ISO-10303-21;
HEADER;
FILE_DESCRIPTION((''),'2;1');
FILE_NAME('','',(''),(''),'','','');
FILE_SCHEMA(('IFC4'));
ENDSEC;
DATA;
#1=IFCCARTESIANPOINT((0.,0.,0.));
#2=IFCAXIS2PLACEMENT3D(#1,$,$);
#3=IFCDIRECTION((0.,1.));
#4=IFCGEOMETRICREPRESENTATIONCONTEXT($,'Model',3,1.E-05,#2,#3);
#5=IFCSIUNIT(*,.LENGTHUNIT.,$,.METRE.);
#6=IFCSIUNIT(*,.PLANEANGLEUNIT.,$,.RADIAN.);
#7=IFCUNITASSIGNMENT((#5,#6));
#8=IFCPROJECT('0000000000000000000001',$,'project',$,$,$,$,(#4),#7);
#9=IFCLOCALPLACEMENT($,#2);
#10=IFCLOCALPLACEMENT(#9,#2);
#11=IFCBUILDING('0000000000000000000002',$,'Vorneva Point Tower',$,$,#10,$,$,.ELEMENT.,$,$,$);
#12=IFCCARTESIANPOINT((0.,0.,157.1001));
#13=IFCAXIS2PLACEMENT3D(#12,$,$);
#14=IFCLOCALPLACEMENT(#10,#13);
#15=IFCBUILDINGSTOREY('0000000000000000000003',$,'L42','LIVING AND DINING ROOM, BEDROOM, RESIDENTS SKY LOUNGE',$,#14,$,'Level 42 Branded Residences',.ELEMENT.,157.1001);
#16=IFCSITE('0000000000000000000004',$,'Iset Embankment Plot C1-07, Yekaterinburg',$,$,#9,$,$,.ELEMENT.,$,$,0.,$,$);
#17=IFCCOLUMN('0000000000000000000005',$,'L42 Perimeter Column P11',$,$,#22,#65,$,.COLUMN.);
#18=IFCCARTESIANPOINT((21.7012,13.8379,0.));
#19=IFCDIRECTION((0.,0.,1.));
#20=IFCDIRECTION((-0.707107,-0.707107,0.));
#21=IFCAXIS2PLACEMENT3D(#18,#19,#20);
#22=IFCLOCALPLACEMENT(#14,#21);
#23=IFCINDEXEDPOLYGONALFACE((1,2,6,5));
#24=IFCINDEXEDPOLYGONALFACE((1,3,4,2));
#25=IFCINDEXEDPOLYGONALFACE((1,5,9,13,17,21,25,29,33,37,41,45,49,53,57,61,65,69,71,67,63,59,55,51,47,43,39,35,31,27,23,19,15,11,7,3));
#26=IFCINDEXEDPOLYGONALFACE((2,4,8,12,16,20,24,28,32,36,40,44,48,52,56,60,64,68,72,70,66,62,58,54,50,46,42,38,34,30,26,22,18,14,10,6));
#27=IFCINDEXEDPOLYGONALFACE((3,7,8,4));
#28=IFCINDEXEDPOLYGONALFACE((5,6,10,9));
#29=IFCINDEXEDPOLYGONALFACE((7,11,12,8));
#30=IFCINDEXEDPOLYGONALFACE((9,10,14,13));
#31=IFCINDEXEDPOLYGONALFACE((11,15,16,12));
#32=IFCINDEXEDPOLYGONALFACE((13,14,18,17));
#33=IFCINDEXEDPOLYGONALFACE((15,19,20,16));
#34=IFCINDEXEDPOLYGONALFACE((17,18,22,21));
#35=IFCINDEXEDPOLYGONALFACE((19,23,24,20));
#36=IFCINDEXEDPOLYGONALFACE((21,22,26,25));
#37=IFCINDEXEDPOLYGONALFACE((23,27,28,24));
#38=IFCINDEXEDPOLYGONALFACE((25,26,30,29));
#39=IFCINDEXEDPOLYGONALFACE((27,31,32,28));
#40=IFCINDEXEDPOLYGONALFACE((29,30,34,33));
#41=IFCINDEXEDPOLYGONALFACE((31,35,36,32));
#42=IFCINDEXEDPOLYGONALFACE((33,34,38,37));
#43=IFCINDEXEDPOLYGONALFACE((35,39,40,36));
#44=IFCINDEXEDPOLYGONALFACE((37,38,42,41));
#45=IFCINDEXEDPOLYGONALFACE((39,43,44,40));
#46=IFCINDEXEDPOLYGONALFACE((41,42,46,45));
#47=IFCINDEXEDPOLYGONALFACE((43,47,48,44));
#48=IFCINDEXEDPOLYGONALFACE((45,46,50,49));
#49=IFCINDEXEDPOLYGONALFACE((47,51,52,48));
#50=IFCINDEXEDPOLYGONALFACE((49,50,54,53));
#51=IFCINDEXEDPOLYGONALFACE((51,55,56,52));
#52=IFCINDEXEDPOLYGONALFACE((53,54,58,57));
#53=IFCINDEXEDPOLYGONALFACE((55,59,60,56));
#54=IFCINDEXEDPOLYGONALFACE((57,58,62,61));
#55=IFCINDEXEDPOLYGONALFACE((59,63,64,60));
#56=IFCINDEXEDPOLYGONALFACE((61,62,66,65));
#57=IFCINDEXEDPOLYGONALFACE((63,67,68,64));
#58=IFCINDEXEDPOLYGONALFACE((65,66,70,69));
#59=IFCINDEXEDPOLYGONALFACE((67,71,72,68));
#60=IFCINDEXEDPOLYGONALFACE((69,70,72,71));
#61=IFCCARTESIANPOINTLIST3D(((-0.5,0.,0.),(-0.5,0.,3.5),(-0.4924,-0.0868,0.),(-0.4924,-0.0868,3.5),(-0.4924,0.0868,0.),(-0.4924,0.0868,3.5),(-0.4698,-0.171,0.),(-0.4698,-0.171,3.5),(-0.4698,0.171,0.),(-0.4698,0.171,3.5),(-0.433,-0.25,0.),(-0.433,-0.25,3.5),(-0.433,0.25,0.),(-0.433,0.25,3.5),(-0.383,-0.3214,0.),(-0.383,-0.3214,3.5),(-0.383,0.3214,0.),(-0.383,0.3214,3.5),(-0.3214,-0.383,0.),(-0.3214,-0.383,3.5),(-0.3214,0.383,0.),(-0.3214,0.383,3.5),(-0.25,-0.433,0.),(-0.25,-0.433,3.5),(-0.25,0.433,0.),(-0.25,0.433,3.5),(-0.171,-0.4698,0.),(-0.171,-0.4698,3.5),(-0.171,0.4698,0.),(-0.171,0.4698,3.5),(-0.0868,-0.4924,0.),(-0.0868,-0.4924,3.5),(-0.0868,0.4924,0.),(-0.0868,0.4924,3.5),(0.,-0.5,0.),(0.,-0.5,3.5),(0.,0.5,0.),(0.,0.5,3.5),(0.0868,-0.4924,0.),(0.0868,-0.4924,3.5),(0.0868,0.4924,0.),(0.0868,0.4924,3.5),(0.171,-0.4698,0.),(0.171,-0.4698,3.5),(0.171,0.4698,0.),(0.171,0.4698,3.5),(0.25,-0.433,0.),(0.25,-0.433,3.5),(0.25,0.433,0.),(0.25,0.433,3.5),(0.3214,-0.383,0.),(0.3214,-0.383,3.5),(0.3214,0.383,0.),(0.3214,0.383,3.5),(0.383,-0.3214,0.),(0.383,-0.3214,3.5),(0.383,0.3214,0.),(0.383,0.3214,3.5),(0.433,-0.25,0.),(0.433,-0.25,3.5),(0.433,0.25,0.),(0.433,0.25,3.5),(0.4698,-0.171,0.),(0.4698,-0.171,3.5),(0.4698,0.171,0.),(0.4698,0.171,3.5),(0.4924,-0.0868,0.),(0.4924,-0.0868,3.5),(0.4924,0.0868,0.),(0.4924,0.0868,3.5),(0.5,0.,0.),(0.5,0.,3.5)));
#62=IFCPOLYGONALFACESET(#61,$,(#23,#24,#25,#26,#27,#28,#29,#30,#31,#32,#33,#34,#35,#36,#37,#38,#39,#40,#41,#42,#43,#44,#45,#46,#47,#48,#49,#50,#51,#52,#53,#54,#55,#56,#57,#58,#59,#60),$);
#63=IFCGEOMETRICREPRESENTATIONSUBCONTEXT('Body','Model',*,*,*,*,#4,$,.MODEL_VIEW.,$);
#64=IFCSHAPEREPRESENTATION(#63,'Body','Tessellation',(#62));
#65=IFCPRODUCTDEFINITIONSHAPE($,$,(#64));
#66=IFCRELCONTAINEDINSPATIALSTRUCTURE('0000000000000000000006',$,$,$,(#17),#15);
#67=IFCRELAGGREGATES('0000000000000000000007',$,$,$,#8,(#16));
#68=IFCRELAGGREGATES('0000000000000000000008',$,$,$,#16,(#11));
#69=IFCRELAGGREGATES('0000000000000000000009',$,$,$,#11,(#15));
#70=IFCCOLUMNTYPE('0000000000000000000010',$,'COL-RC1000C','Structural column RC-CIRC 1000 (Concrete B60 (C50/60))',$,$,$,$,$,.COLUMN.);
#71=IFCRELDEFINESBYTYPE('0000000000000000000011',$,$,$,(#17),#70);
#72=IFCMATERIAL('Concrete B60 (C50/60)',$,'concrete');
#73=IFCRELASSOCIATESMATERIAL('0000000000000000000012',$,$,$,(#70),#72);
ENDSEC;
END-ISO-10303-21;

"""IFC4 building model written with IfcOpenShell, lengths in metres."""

from ifc_helpers import new_model, si_unit, direction, frame, origin, origin_2d, place, context, subcontext, project, spatial, circle, extrude, material, material_profile, profile_set, type_object, element, save


model = new_model("IFC4")

# Units and contexts
model_context = context("Model", 3, precision=1e-05, world=origin(), true_north=direction((0.0, 1.0)))
body_context = subcontext(model_context, "Body", "Model", "MODEL_VIEW")
ifc_project = project(units=[si_unit("LENGTHUNIT", "METRE"), si_unit("PLANEANGLEUNIT", "RADIAN")], contexts=[model_context])

# Site, building, storey
site_placement = place(None, origin())
site = spatial("IfcSite", under=ifc_project, at=site_placement, Name="Iset Embankment Plot C1-07, Yekaterinburg", CompositionType="ELEMENT", RefElevation=0.0)
building_placement = place(site_placement, origin())
building = spatial("IfcBuilding", under=site, at=building_placement, Name="Vorneva Point Tower", CompositionType="ELEMENT")
storey_placement = place(building_placement, frame((0.0, 0.0, 157.1001)))
storey = spatial("IfcBuildingStorey", under=building, at=storey_placement, Name="L42", Description="LIVING AND DINING ROOM, BEDROOM, RESIDENTS SKY LOUNGE", LongName="Level 42 Branded Residences", CompositionType="ELEMENT", Elevation=157.1001)

# Column
ifc_material_1 = material(Name="Concrete B60 (C50/60)", Category="concrete")
ifc_material_profile_1 = material_profile(ifc_material_1, circle(Radius=0.5, at=origin_2d()), Name="RC-CIRC 1000")
ifc_profile_set_1 = profile_set([ifc_material_profile_1], Name="Concrete B60 (C50/60)")
column_type = type_object("IfcColumnType", Name="COL-RC1000C", Description="Structural column RC-CIRC 1000 (Concrete B60 (C50/60))", PredefinedType="COLUMN", material=ifc_profile_set_1)
column_placement = place(storey_placement, frame((21.7012, 13.8379, 0.0), z_axis=(0.0, 0.0, 1.0), x_axis=(-0.707107, -0.707107, 0.0)))
element("IfcColumn", 1, at=column_placement, inside=storey, type_object=column_type, Name="L42 Perimeter Column P11", PredefinedType="COLUMN", context=body_context, shape_type="SweptSolid", body=[
    extrude(circle(Radius=0.5, at=origin_2d()), origin(), (0.0, 0.0, 1.0), 3.5),
])

save(model, "model.ifc")
